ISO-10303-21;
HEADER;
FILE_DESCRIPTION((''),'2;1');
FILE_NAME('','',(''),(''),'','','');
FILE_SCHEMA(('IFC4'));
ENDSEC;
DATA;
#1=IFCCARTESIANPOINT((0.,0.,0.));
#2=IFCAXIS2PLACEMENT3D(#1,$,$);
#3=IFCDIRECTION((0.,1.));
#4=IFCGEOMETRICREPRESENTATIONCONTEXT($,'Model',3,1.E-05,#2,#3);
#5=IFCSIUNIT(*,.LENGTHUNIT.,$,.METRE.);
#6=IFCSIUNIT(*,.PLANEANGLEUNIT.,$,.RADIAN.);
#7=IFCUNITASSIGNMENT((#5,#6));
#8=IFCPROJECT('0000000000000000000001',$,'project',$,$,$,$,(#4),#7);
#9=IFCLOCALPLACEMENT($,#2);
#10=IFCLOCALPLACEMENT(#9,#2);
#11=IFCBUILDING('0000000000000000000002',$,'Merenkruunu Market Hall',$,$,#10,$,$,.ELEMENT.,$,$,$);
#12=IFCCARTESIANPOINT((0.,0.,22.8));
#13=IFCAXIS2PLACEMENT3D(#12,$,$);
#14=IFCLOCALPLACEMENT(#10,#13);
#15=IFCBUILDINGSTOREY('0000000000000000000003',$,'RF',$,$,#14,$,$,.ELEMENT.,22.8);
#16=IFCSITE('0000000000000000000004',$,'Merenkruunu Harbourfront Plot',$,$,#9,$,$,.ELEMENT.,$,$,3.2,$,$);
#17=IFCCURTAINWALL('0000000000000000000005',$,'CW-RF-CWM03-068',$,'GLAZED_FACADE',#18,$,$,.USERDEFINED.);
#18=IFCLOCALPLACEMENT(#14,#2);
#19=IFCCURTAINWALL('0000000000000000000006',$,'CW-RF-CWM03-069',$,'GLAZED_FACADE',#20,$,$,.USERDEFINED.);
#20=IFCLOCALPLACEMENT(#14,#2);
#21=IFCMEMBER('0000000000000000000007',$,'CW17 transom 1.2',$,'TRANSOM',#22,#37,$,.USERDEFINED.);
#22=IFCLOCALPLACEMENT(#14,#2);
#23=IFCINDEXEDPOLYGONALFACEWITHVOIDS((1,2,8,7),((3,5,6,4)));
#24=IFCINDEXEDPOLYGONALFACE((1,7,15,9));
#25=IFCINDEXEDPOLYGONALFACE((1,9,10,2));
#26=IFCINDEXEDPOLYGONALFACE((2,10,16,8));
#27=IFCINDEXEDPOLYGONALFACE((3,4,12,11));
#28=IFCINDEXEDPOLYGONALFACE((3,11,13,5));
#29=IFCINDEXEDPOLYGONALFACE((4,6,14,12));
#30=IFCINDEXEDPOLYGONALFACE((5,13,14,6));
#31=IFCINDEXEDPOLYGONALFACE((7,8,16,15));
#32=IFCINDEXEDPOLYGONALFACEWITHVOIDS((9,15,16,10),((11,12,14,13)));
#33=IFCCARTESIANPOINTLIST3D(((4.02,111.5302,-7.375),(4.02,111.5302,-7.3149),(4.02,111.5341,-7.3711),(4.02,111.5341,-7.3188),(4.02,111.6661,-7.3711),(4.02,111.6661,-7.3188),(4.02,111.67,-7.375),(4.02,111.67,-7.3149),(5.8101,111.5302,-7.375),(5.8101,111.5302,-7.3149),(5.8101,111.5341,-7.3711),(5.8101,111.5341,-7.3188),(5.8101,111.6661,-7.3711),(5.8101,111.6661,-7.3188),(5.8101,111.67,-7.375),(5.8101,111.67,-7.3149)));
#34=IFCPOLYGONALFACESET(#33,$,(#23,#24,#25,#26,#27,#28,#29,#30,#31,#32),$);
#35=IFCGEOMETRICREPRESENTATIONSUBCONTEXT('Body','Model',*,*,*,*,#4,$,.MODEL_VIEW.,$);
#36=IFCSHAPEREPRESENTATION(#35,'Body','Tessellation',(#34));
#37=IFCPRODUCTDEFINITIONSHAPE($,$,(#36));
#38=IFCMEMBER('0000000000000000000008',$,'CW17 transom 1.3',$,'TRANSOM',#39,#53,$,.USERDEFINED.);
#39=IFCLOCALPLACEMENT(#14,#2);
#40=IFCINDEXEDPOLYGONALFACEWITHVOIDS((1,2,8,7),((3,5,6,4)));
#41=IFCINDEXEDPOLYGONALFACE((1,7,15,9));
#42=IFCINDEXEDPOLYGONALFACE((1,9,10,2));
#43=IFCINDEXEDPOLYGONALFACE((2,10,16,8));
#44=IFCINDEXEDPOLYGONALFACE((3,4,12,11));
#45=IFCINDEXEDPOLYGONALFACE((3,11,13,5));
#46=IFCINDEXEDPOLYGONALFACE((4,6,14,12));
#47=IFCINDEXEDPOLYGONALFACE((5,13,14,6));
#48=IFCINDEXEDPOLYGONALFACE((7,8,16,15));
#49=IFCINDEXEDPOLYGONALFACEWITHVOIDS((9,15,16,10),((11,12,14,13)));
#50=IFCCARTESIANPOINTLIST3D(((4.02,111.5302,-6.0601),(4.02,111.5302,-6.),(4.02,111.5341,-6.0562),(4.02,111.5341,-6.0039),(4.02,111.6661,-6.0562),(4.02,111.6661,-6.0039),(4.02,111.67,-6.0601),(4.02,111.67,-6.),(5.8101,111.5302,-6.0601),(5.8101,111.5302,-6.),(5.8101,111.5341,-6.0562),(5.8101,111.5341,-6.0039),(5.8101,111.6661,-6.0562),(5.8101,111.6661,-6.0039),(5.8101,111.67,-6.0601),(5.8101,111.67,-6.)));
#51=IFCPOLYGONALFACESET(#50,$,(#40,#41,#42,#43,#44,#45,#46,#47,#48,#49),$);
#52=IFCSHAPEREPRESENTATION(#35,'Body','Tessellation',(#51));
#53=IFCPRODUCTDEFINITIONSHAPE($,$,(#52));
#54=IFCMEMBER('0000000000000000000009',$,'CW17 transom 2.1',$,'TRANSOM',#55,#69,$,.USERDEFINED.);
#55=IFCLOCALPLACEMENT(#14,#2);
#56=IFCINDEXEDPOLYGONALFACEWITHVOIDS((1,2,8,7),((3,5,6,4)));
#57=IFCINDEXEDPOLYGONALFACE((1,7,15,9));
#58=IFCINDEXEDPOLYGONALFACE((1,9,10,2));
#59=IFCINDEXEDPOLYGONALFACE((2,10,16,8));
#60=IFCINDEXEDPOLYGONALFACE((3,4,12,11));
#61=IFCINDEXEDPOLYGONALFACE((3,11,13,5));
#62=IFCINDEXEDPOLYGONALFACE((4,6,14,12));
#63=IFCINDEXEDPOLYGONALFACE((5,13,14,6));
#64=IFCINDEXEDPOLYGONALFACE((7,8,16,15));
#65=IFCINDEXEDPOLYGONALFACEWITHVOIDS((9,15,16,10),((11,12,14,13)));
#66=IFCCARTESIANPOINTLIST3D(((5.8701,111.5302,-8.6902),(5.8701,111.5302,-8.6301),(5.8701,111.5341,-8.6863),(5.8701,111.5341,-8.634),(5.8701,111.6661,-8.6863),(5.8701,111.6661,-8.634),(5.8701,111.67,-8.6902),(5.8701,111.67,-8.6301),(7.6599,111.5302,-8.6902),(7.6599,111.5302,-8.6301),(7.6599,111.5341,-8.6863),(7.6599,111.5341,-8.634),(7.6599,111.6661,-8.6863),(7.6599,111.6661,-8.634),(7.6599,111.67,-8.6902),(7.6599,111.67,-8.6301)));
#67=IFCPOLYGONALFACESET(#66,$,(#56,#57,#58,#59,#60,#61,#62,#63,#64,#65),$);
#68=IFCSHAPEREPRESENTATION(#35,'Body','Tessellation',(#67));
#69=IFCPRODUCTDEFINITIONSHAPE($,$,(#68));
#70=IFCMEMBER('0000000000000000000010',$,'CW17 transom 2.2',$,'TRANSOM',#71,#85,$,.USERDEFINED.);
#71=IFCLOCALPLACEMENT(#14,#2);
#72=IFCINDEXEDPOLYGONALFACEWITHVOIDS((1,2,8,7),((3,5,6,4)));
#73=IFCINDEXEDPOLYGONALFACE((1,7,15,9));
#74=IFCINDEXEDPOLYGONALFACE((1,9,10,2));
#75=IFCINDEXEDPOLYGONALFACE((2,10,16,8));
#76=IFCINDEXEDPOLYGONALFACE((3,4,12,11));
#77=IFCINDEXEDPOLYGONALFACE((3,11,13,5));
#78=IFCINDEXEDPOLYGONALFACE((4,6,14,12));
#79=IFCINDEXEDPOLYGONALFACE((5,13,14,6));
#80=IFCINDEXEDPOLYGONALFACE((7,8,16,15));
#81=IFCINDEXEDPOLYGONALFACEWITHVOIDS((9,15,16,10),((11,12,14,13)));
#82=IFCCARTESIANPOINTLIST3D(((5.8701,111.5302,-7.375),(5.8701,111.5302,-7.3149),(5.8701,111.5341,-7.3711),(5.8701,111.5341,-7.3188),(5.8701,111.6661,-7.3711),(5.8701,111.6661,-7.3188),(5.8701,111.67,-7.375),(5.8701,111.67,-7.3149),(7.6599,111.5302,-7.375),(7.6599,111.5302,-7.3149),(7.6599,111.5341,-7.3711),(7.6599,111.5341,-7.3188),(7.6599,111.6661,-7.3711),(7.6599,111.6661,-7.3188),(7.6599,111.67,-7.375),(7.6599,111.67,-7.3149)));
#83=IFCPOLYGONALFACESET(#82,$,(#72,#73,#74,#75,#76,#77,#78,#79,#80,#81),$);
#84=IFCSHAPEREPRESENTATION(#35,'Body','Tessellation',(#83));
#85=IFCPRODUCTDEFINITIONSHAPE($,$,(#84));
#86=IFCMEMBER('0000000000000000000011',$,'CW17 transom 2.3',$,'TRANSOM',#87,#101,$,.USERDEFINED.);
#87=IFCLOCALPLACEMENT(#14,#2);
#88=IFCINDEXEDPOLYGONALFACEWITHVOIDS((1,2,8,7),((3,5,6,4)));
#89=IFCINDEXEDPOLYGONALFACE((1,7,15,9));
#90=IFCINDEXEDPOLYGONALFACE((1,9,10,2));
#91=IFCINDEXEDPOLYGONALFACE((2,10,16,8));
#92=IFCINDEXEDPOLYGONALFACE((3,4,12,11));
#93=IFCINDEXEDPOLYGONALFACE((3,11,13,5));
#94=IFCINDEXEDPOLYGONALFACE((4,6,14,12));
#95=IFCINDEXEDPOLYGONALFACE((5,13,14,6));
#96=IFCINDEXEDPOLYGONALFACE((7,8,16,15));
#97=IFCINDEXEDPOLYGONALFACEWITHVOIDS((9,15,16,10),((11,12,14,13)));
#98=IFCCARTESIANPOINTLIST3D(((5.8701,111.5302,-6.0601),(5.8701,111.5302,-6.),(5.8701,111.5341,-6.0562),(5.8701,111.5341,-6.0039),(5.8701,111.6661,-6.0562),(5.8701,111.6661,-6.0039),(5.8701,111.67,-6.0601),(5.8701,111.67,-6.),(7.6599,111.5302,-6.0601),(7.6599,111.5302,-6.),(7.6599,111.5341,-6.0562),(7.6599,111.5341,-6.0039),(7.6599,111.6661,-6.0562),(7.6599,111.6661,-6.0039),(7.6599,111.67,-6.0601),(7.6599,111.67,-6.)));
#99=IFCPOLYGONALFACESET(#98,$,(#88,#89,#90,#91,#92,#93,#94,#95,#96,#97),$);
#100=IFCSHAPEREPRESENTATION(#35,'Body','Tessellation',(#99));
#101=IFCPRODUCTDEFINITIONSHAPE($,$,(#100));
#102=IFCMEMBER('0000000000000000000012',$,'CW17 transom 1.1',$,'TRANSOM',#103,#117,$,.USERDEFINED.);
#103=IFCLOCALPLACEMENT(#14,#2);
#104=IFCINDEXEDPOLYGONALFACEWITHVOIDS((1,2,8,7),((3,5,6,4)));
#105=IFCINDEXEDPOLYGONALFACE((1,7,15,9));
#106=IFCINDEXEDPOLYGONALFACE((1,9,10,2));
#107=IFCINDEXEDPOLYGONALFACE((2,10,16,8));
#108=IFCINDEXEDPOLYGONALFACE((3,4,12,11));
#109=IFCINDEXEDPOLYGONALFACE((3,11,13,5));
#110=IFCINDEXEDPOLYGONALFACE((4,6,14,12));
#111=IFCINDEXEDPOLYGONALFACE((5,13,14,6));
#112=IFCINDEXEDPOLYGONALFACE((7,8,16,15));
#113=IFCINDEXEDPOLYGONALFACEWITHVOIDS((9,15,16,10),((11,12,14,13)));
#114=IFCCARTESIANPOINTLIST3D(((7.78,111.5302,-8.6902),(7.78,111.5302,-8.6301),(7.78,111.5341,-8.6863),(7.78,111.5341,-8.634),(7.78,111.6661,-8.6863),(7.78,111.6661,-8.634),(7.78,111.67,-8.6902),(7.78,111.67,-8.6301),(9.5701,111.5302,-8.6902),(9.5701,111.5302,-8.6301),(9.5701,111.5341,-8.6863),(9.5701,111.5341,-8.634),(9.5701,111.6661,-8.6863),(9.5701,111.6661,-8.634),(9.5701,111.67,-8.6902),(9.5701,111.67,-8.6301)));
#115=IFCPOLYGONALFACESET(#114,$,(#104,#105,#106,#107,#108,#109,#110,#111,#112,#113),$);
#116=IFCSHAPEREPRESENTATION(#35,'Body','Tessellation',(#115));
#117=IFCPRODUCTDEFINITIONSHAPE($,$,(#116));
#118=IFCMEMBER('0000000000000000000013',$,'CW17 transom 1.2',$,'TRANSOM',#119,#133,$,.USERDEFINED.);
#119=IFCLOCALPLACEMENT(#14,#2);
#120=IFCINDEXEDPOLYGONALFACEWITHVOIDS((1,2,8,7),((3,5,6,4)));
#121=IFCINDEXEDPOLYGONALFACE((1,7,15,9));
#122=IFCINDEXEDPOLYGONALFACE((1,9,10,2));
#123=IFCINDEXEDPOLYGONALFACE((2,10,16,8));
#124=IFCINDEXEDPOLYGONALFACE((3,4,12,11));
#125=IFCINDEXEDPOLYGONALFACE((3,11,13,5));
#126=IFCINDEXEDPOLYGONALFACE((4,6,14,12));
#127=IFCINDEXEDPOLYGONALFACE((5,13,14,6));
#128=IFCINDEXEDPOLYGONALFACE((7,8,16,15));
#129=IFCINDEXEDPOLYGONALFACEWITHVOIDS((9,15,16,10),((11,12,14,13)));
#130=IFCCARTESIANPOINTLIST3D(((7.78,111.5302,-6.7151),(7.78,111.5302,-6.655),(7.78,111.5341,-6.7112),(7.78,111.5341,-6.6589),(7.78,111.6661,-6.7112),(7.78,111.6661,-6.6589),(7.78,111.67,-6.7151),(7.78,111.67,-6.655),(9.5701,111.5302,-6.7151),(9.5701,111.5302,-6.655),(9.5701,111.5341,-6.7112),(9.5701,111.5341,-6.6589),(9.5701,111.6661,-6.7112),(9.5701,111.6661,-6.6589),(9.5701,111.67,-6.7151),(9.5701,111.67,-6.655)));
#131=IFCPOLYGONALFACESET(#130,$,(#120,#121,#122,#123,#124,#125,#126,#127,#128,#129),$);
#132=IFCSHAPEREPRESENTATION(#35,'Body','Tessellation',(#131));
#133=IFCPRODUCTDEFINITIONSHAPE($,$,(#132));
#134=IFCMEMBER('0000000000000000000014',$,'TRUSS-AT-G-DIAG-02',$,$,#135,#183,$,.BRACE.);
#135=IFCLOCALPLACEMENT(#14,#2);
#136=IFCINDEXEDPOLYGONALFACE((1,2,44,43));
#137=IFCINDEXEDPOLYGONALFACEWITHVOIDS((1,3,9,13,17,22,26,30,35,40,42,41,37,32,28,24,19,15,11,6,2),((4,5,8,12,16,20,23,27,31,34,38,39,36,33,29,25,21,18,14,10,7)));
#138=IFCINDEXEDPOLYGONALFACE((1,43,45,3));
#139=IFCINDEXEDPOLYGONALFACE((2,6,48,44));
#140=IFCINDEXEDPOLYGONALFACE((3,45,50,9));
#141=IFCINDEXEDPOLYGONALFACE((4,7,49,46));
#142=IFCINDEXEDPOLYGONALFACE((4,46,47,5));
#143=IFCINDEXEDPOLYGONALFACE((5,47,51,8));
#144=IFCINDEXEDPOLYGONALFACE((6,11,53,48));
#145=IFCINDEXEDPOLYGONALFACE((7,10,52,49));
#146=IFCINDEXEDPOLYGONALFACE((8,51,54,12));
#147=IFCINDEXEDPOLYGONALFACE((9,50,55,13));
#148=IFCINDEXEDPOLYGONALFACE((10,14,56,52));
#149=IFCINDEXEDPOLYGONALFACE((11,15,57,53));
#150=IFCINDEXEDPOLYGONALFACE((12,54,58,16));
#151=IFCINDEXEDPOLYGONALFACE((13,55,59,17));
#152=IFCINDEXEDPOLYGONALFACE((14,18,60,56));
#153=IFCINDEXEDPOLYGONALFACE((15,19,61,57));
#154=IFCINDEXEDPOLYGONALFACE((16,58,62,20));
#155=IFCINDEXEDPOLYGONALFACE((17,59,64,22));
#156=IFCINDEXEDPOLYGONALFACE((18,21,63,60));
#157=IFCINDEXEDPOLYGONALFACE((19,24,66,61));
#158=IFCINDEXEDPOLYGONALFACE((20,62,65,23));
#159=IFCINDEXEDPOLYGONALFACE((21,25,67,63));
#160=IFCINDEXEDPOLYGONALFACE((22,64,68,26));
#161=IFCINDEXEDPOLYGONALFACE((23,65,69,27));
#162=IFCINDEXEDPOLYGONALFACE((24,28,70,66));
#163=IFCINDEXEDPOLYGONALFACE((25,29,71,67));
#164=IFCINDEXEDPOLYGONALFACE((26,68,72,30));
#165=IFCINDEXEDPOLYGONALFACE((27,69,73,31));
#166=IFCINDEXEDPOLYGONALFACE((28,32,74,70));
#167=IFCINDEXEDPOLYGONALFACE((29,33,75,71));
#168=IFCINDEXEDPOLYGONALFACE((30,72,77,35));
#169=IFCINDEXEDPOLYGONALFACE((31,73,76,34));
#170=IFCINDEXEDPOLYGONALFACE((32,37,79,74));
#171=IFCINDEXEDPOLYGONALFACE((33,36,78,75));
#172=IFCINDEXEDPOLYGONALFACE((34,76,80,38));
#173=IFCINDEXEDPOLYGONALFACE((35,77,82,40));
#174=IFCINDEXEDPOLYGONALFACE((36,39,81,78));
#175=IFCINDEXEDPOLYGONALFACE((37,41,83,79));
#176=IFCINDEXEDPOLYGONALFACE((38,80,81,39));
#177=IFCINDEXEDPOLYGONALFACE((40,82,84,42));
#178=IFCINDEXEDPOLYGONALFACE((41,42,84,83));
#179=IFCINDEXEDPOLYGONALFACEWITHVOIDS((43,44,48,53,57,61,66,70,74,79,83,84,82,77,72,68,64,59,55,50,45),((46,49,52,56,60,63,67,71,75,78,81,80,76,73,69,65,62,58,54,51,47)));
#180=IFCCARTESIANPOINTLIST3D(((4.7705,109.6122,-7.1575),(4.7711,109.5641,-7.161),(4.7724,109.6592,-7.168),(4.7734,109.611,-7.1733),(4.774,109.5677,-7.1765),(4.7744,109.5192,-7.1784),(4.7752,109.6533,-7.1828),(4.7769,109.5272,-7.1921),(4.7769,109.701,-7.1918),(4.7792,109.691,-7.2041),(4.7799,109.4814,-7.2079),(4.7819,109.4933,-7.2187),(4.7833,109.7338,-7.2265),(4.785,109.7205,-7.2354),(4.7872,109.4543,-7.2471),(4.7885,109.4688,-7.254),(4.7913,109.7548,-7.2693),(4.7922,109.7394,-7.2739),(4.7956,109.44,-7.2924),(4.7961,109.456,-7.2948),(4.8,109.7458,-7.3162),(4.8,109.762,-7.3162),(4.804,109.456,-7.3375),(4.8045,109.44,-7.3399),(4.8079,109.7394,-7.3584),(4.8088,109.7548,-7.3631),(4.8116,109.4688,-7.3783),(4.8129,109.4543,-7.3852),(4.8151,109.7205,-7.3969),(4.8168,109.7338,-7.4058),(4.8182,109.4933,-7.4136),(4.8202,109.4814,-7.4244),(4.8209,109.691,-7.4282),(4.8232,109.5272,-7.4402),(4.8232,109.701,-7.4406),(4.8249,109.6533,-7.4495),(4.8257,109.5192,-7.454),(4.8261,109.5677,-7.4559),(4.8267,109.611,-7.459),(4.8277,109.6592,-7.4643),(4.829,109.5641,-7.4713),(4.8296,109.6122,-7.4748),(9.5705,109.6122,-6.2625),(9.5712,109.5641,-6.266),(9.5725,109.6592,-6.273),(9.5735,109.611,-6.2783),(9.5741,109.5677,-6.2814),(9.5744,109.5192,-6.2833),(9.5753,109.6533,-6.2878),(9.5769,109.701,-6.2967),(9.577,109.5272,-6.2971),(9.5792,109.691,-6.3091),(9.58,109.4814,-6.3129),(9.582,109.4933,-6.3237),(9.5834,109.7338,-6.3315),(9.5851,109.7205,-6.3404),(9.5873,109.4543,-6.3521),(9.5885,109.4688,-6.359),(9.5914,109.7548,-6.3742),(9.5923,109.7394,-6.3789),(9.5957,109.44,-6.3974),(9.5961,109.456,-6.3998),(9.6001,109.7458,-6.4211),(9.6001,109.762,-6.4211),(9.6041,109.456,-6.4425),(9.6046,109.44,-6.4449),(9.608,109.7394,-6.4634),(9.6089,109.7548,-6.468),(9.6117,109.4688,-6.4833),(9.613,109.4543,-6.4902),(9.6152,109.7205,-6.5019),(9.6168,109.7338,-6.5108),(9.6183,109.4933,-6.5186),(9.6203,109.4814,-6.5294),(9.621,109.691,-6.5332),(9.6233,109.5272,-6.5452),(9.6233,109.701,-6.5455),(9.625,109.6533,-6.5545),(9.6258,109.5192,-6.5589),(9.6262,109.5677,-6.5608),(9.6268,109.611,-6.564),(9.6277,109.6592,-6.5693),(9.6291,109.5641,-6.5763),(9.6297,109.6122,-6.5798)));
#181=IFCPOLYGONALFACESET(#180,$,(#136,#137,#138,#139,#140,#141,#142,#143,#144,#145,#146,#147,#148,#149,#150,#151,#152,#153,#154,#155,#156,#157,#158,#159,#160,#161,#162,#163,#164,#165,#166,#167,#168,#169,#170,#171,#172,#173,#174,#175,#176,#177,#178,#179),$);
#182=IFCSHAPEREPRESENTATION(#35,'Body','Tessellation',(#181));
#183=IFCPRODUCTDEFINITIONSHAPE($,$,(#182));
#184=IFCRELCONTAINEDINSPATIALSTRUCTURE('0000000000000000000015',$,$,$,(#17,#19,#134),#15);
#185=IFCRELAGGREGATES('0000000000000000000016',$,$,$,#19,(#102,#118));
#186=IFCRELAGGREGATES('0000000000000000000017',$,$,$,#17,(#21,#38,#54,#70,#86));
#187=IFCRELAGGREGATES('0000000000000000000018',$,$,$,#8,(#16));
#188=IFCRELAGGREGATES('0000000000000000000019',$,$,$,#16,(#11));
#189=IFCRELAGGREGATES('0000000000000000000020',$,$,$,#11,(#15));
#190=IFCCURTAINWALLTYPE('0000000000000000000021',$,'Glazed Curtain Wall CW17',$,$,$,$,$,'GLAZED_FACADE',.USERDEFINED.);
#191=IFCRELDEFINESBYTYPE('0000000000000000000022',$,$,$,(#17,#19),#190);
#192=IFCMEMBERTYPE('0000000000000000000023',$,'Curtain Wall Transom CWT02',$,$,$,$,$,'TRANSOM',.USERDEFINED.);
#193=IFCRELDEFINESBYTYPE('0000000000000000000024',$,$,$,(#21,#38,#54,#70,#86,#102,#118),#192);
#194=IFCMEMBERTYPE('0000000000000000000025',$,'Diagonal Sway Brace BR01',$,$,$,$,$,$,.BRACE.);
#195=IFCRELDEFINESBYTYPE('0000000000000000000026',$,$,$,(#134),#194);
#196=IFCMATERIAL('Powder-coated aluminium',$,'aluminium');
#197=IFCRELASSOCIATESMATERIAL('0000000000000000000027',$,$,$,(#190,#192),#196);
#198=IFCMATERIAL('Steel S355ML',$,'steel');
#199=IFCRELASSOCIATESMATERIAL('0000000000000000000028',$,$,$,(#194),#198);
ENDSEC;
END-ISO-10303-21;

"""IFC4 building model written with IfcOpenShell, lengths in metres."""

from ifc_helpers import new_model, si_unit, direction, frame, origin, origin_2d, place, context, subcontext, project, spatial, hollow_rectangle, hollow_circle, extrude, material, material_profile, profile_set, type_object, element, aggregate, save


model = new_model("IFC4")

# Units and contexts
model_context = context("Model", 3, precision=1e-05, world=origin(), true_north=direction((0.0, 1.0)))
body_context = subcontext(model_context, "Body", "Model", "MODEL_VIEW")
ifc_project = project(units=[si_unit("LENGTHUNIT", "METRE"), si_unit("PLANEANGLEUNIT", "RADIAN")], contexts=[model_context])

# Site, building, storey
site_placement = place(None, origin())
site = spatial("IfcSite", under=ifc_project, at=site_placement, Name="Merenkruunu Harbourfront Plot", CompositionType="ELEMENT", RefElevation=3.2)
building_placement = place(site_placement, origin())
building = spatial("IfcBuilding", under=site, at=building_placement, Name="Merenkruunu Market Hall", CompositionType="ELEMENT")
storey_placement = place(building_placement, frame((0.0, 0.0, 22.8)))
storey = spatial("IfcBuildingStorey", under=building, at=storey_placement, Name="RF", CompositionType="ELEMENT", Elevation=22.8)

# Shared definitions
ifc_material_1 = material(Name="Steel S355ML", Category="steel")

# Curtain wall
ifc_material_2 = material(Name="Powder-coated aluminium", Category="aluminium")
curtain_wall_type_1 = type_object("IfcCurtainWallType", Name="Glazed Curtain Wall CW17", ElementType="GLAZED_FACADE", PredefinedType="USERDEFINED", material=ifc_material_2)
curtain_wall_1_placement = place(storey_placement, origin())
curtain_wall_1 = element("IfcCurtainWall", 1, at=curtain_wall_1_placement, inside=storey, type_object=curtain_wall_type_1, Name="CW-RF-CWM03-068", ObjectType="GLAZED_FACADE", PredefinedType="USERDEFINED")

# Curtain wall
curtain_wall_2_placement = place(storey_placement, origin())
curtain_wall_2 = element("IfcCurtainWall", 2, at=curtain_wall_2_placement, inside=storey, type_object=curtain_wall_type_1, Name="CW-RF-CWM03-069", ObjectType="GLAZED_FACADE", PredefinedType="USERDEFINED")

# Members
ifc_material_profile_1 = material_profile(ifc_material_2, hollow_rectangle(XDim=0.0601, YDim=0.1399, WallThickness=0.0039, at=origin_2d()), Name="ALU 60x140x4")
ifc_profile_set_1 = profile_set([ifc_material_profile_1], Name="Powder-coated aluminium")
member_type_1 = type_object("IfcMemberType", Name="Curtain Wall Transom CWT02", ElementType="TRANSOM", PredefinedType="USERDEFINED", material=ifc_profile_set_1)
member_1_placement = place(storey_placement, frame((4.02, 111.6001, -7.345), z_axis=(1.0, 0.0, 0.0), x_axis=(0.0, 0.0, 1.0)))
member_1 = element("IfcMember", 3, at=member_1_placement, type_object=member_type_1, Name="CW17 transom 1.2", ObjectType="TRANSOM", PredefinedType="USERDEFINED", context=body_context, shape_type="SweptSolid", body=[
    extrude(hollow_rectangle(XDim=0.0601, YDim=0.1399, WallThickness=0.0039, at=origin_2d()), origin(), (0.0, 0.0, 1.0), 1.79),
])
member_2_placement = place(storey_placement, frame((4.02, 111.6001, -6.03), z_axis=(1.0, 0.0, 0.0), x_axis=(0.0, 0.0, 1.0)))
member_2 = element("IfcMember", 4, at=member_2_placement, type_object=member_type_1, Name="CW17 transom 1.3", ObjectType="TRANSOM", PredefinedType="USERDEFINED", context=body_context, shape_type="SweptSolid", body=[
    extrude(hollow_rectangle(XDim=0.0601, YDim=0.1399, WallThickness=0.0039, at=origin_2d()), origin(), (0.0, 0.0, 1.0), 1.79),
])
member_3_placement = place(storey_placement, frame((5.8701, 111.6001, -8.6602), z_axis=(1.0, 0.0, 0.0), x_axis=(0.0, 0.0, 1.0)))
member_3 = element("IfcMember", 5, at=member_3_placement, type_object=member_type_1, Name="CW17 transom 2.1", ObjectType="TRANSOM", PredefinedType="USERDEFINED", context=body_context, shape_type="SweptSolid", body=[
    extrude(hollow_rectangle(XDim=0.0601, YDim=0.1399, WallThickness=0.0039, at=origin_2d()), origin(), (0.0, 0.0, 1.0), 1.7898),
])
member_4_placement = place(storey_placement, frame((5.8701, 111.6001, -7.345), z_axis=(1.0, 0.0, 0.0), x_axis=(0.0, 0.0, 1.0)))
member_4 = element("IfcMember", 6, at=member_4_placement, type_object=member_type_1, Name="CW17 transom 2.2", ObjectType="TRANSOM", PredefinedType="USERDEFINED", context=body_context, shape_type="SweptSolid", body=[
    extrude(hollow_rectangle(XDim=0.0601, YDim=0.1399, WallThickness=0.0039, at=origin_2d()), origin(), (0.0, 0.0, 1.0), 1.7898),
])
member_5_placement = place(storey_placement, frame((5.8701, 111.6001, -6.03), z_axis=(1.0, 0.0, 0.0), x_axis=(0.0, 0.0, 1.0)))
member_5 = element("IfcMember", 7, at=member_5_placement, type_object=member_type_1, Name="CW17 transom 2.3", ObjectType="TRANSOM", PredefinedType="USERDEFINED", context=body_context, shape_type="SweptSolid", body=[
    extrude(hollow_rectangle(XDim=0.0601, YDim=0.1399, WallThickness=0.0039, at=origin_2d()), origin(), (0.0, 0.0, 1.0), 1.7898),
])
member_6_placement = place(storey_placement, frame((7.78, 111.6001, -8.6602), z_axis=(1.0, 0.0, 0.0), x_axis=(0.0, 0.0, 1.0)))
member_6 = element("IfcMember", 8, at=member_6_placement, type_object=member_type_1, Name="CW17 transom 1.1", ObjectType="TRANSOM", PredefinedType="USERDEFINED", context=body_context, shape_type="SweptSolid", body=[
    extrude(hollow_rectangle(XDim=0.0601, YDim=0.1399, WallThickness=0.0039, at=origin_2d()), origin(), (0.0, 0.0, 1.0), 1.79),
])
member_7_placement = place(storey_placement, frame((7.78, 111.6001, -6.6851), z_axis=(1.0, 0.0, 0.0), x_axis=(0.0, 0.0, 1.0)))
member_7 = element("IfcMember", 9, at=member_7_placement, type_object=member_type_1, Name="CW17 transom 1.2", ObjectType="TRANSOM", PredefinedType="USERDEFINED", context=body_context, shape_type="SweptSolid", body=[
    extrude(hollow_rectangle(XDim=0.0601, YDim=0.1399, WallThickness=0.0039, at=origin_2d()), origin(), (0.0, 0.0, 1.0), 1.79),
])
aggregate(curtain_wall_2, [member_6, member_7])

# Member
ifc_material_profile_2 = material_profile(ifc_material_1, hollow_circle(Radius=0.1619, WallThickness=0.0161, at=origin_2d()), Name="CHS 323.9x16")
ifc_profile_set_2 = profile_set([ifc_material_profile_2], Name="Steel S355ML")
member_type_2 = type_object("IfcMemberType", Name="Diagonal Sway Brace BR01", PredefinedType="BRACE", material=ifc_profile_set_2)
member_8_placement = place(storey_placement, frame((4.8, 109.6001, -7.3162), z_axis=(0.983057, 0.0, 0.183301), x_axis=(0.0, 1.0, 0.0)))
element("IfcMember", 10, at=member_8_placement, inside=storey, type_object=member_type_2, Name="TRUSS-AT-G-DIAG-02", PredefinedType="BRACE", context=body_context, shape_type="SweptSolid", body=[
    extrude(hollow_circle(Radius=0.1619, WallThickness=0.0161, at=origin_2d()), origin(), (0.0, 0.0, 1.0), 4.8828),
])

aggregate(curtain_wall_1, [member_1, member_2, member_3, member_4, member_5])

save(model, "model.ifc")
